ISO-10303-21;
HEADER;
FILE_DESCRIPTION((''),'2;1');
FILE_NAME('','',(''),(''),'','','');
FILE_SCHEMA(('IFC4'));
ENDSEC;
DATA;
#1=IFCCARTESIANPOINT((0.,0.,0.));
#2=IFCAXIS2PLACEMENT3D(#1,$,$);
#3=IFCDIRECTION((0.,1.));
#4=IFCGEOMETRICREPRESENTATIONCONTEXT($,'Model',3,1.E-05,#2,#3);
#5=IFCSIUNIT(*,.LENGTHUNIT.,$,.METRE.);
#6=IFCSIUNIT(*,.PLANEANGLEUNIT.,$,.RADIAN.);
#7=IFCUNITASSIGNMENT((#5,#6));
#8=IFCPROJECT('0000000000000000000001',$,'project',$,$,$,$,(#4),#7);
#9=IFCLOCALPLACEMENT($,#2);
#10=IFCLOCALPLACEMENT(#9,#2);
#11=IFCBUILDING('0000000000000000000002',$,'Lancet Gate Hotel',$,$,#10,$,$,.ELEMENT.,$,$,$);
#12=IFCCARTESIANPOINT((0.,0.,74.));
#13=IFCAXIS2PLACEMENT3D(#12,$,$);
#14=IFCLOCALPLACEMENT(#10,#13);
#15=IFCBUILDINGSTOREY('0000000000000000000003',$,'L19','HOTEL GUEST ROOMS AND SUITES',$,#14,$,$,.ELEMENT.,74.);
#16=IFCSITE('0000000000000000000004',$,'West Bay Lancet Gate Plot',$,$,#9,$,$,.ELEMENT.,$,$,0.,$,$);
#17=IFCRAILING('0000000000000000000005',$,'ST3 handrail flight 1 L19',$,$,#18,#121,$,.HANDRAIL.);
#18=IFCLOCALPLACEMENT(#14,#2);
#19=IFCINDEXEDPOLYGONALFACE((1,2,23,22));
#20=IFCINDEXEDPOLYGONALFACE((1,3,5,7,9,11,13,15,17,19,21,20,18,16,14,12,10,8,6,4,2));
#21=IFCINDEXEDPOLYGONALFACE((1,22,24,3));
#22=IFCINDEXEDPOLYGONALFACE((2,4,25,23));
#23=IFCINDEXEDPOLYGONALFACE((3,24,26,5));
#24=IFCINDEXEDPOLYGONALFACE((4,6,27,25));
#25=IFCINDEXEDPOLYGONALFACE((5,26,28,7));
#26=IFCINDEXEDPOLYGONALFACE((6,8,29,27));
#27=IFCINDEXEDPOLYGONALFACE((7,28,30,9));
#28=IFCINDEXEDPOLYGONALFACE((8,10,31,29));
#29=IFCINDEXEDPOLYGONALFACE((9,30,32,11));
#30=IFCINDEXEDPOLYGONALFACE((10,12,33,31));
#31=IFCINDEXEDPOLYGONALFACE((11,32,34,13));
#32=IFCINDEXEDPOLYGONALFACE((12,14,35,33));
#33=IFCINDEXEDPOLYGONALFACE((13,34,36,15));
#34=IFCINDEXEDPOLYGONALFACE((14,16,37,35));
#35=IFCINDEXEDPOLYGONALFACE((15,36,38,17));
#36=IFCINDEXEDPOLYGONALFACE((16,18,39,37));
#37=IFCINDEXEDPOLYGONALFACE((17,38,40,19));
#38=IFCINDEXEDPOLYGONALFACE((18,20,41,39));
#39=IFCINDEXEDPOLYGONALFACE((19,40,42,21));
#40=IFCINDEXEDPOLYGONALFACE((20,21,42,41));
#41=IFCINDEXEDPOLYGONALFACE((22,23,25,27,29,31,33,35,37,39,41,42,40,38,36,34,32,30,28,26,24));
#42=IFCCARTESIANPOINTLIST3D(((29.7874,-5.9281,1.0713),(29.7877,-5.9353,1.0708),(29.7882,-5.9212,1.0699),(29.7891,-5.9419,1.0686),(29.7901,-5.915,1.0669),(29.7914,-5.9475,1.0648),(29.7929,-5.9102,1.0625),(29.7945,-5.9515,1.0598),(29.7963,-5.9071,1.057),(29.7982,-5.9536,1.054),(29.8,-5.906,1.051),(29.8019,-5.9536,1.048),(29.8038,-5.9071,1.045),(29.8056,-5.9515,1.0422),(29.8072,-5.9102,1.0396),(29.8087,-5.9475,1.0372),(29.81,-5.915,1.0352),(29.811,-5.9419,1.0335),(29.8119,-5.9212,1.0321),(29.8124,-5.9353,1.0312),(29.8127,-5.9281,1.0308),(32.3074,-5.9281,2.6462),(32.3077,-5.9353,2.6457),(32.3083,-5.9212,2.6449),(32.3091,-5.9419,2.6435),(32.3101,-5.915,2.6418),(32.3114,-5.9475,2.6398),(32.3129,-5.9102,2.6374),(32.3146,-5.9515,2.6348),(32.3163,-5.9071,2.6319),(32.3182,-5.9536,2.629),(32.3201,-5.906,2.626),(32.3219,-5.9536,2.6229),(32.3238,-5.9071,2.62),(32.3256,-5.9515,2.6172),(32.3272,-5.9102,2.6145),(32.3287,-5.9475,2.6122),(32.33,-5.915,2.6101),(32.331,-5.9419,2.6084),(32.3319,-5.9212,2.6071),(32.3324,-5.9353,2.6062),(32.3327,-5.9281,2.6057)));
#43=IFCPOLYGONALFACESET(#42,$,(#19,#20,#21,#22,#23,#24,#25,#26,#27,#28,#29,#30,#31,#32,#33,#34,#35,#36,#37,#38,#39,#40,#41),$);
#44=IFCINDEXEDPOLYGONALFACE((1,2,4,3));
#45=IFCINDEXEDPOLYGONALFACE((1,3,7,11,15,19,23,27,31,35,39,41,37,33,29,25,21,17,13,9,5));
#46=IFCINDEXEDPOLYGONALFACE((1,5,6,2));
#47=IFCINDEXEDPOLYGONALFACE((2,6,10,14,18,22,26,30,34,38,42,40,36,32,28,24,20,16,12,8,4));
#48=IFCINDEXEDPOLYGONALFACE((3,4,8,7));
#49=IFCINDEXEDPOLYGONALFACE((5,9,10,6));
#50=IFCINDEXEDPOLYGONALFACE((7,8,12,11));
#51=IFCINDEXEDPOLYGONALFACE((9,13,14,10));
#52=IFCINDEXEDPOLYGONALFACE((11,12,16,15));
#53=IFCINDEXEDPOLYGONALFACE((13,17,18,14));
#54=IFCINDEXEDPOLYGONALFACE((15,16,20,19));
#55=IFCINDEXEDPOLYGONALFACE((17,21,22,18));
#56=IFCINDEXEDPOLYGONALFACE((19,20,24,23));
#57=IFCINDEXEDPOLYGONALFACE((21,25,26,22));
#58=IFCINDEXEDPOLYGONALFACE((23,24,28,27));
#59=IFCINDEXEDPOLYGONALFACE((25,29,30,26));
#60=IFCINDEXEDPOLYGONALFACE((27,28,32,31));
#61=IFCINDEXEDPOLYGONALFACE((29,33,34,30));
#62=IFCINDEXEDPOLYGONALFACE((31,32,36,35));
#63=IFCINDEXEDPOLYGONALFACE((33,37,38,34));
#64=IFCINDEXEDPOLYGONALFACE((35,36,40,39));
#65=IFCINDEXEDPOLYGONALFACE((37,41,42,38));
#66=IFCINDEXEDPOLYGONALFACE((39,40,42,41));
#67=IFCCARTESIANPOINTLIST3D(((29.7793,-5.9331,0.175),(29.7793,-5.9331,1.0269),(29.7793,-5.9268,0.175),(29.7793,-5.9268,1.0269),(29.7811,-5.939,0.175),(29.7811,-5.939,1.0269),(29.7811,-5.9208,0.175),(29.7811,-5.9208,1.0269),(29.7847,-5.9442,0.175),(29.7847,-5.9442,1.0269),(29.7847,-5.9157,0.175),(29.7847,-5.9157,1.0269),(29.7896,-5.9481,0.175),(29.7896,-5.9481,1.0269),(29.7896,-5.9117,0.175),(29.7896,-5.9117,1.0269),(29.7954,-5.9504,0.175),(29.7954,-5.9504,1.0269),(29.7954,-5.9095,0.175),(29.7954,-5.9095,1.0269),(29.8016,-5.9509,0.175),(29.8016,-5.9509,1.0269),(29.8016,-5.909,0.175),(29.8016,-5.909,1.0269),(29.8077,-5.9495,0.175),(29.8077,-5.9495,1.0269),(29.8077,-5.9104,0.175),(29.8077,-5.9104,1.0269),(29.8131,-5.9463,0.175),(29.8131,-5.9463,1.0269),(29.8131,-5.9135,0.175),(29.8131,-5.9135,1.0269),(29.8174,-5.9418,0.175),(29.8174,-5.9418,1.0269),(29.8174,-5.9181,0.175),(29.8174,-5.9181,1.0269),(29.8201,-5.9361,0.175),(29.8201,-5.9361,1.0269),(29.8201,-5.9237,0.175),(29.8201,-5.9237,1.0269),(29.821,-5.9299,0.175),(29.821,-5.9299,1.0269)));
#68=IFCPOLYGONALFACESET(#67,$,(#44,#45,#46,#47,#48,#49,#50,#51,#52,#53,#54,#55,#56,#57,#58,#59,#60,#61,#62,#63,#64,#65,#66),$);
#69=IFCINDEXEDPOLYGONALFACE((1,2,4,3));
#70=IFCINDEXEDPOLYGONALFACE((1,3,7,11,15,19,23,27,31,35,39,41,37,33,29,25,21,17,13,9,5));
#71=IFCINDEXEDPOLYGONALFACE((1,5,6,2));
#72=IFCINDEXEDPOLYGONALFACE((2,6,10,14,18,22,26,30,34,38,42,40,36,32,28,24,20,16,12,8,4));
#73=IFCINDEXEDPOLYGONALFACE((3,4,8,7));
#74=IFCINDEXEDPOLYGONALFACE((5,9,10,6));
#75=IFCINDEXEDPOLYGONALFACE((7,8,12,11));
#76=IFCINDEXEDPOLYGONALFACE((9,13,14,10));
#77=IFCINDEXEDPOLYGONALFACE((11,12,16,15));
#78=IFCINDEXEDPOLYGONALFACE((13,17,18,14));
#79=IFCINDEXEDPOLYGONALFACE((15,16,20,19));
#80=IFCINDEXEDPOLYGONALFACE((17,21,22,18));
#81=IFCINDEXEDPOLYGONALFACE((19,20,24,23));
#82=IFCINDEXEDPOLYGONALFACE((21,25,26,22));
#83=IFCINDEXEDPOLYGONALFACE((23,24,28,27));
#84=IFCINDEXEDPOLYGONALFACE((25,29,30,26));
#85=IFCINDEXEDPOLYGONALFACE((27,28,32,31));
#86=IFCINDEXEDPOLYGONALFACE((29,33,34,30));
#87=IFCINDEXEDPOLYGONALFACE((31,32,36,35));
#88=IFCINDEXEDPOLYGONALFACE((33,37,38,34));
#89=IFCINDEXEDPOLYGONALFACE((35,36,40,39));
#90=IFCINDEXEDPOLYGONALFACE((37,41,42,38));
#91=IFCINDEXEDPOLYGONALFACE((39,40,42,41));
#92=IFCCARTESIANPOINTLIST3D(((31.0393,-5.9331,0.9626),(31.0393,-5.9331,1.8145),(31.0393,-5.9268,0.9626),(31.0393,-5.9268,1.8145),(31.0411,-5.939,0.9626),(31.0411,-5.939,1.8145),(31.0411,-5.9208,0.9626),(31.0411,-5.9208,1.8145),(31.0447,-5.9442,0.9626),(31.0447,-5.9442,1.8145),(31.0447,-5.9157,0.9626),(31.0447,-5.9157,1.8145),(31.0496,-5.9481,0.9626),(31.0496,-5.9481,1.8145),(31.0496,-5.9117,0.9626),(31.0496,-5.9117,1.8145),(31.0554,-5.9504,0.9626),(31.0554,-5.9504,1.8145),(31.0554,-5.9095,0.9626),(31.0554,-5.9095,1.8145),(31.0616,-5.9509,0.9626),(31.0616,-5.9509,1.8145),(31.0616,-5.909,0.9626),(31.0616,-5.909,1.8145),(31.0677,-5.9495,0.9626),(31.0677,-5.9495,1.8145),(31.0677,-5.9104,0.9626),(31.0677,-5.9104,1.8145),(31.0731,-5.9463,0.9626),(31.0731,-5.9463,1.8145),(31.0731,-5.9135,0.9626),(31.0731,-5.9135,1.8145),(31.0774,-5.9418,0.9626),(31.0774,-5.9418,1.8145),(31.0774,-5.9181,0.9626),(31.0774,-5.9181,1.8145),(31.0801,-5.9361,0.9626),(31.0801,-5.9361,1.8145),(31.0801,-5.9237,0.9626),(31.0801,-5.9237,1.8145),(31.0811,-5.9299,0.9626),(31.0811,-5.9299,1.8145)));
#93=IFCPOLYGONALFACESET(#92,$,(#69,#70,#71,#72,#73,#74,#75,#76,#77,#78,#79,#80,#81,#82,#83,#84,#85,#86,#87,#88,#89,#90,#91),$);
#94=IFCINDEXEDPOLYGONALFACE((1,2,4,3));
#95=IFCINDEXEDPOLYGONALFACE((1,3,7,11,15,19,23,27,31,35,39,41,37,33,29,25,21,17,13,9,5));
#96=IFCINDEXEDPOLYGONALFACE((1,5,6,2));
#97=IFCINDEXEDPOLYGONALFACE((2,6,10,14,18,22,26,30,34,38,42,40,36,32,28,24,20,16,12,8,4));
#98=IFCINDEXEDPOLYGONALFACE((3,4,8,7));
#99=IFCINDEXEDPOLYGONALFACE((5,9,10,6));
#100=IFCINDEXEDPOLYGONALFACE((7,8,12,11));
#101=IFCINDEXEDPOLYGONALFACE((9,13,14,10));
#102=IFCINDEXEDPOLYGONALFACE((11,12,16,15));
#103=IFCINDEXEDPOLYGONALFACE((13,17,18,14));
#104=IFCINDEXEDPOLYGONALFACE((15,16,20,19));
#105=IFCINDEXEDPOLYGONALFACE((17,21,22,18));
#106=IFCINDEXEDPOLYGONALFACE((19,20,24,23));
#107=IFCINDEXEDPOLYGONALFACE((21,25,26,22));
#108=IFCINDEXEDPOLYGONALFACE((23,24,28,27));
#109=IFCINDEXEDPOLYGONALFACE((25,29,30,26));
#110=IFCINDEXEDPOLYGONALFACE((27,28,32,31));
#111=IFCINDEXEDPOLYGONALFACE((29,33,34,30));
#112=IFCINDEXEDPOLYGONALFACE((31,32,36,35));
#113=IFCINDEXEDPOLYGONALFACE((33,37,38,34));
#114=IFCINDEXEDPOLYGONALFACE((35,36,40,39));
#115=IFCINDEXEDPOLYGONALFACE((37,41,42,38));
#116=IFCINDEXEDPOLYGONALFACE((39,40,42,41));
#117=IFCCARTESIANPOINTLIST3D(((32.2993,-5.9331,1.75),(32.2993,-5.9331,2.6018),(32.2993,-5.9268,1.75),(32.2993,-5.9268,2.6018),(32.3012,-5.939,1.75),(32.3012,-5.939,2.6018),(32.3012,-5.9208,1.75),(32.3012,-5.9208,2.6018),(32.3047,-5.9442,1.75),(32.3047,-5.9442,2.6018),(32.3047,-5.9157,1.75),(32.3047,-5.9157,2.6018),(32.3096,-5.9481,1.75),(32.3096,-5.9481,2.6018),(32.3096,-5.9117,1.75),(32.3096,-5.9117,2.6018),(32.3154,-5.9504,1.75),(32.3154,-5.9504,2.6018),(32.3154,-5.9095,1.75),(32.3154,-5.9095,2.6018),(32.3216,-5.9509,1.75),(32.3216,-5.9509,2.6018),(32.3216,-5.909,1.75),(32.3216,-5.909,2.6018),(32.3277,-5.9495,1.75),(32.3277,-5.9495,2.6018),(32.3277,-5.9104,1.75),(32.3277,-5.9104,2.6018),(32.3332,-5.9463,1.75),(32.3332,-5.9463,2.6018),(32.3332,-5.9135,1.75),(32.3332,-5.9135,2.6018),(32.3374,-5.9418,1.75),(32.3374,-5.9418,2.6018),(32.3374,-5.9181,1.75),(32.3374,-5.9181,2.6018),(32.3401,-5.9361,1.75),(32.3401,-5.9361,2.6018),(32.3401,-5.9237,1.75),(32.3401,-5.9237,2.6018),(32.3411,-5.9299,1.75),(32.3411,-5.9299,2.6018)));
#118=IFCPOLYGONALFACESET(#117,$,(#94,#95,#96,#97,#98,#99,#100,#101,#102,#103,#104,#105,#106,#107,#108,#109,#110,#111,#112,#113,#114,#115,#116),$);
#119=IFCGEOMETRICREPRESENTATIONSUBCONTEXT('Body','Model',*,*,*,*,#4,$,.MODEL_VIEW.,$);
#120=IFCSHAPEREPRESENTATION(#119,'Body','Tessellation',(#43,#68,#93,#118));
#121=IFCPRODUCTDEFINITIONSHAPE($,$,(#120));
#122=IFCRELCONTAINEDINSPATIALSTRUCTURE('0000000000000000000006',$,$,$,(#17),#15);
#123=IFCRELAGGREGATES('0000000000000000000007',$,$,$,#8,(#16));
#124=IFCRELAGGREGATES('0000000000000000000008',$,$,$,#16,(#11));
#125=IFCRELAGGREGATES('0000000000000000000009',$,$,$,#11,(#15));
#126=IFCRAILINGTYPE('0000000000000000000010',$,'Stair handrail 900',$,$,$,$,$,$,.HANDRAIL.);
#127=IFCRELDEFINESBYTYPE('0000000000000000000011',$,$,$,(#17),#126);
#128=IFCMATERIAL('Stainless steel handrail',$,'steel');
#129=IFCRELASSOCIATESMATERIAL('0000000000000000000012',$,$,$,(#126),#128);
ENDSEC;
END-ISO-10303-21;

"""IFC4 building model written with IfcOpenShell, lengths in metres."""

from ifc_helpers import new_model, si_unit, direction, frame, origin, origin_2d, place, context, subcontext, project, spatial, circle, extrude, material, type_object, element, save


model = new_model("IFC4")

# Units and contexts
model_context = context("Model", 3, precision=1e-05, world=origin(), true_north=direction((0.0, 1.0)))
body_context = subcontext(model_context, "Body", "Model", "MODEL_VIEW")
ifc_project = project(units=[si_unit("LENGTHUNIT", "METRE"), si_unit("PLANEANGLEUNIT", "RADIAN")], contexts=[model_context])

# Site, building, storey
site_placement = place(None, origin())
site = spatial("IfcSite", under=ifc_project, at=site_placement, Name="West Bay Lancet Gate Plot", CompositionType="ELEMENT", RefElevation=0.0)
building_placement = place(site_placement, origin())
building = spatial("IfcBuilding", under=site, at=building_placement, Name="Lancet Gate Hotel", CompositionType="ELEMENT")
storey_placement = place(building_placement, frame((0.0, 0.0, 74.0)))
storey = spatial("IfcBuildingStorey", under=building, at=storey_placement, Name="L19", Description="HOTEL GUEST ROOMS AND SUITES", CompositionType="ELEMENT", Elevation=74.0)

# Railing
ifc_material_1 = material(Name="Stainless steel handrail", Category="steel")
railing_type = type_object("IfcRailingType", Name="Stair handrail 900", PredefinedType="HANDRAIL", material=ifc_material_1)
railing_1_placement = place(storey_placement, frame((29.8, -5.9299, 0.175)))
element("IfcRailing", 1, at=railing_1_placement, inside=storey, type_object=railing_type, Name="ST3 handrail flight 1 L19", PredefinedType="HANDRAIL", context=body_context, shape_type="SweptSolid", body=[
    extrude(circle(Radius=0.0239, at=origin_2d()), frame((0.0, 0.0, 0.876), z_axis=(0.848008, 0.0, 0.529984), x_axis=(0.0, 1.0, 0.0)), (0.0, 0.0, 1.0), 2.9717),
    extrude(circle(Radius=0.021, at=origin_2d()), origin(), (0.0, 0.0, 1.0), 0.8518),
    extrude(circle(Radius=0.021, at=origin_2d()), frame((1.26, 0.0, 0.7876)), (0.0, 0.0, 1.0), 0.8518),
    extrude(circle(Radius=0.021, at=origin_2d()), frame((2.52, 0.0, 1.575)), (0.0, 0.0, 1.0), 0.8518),
])

save(model, "model.ifc")
